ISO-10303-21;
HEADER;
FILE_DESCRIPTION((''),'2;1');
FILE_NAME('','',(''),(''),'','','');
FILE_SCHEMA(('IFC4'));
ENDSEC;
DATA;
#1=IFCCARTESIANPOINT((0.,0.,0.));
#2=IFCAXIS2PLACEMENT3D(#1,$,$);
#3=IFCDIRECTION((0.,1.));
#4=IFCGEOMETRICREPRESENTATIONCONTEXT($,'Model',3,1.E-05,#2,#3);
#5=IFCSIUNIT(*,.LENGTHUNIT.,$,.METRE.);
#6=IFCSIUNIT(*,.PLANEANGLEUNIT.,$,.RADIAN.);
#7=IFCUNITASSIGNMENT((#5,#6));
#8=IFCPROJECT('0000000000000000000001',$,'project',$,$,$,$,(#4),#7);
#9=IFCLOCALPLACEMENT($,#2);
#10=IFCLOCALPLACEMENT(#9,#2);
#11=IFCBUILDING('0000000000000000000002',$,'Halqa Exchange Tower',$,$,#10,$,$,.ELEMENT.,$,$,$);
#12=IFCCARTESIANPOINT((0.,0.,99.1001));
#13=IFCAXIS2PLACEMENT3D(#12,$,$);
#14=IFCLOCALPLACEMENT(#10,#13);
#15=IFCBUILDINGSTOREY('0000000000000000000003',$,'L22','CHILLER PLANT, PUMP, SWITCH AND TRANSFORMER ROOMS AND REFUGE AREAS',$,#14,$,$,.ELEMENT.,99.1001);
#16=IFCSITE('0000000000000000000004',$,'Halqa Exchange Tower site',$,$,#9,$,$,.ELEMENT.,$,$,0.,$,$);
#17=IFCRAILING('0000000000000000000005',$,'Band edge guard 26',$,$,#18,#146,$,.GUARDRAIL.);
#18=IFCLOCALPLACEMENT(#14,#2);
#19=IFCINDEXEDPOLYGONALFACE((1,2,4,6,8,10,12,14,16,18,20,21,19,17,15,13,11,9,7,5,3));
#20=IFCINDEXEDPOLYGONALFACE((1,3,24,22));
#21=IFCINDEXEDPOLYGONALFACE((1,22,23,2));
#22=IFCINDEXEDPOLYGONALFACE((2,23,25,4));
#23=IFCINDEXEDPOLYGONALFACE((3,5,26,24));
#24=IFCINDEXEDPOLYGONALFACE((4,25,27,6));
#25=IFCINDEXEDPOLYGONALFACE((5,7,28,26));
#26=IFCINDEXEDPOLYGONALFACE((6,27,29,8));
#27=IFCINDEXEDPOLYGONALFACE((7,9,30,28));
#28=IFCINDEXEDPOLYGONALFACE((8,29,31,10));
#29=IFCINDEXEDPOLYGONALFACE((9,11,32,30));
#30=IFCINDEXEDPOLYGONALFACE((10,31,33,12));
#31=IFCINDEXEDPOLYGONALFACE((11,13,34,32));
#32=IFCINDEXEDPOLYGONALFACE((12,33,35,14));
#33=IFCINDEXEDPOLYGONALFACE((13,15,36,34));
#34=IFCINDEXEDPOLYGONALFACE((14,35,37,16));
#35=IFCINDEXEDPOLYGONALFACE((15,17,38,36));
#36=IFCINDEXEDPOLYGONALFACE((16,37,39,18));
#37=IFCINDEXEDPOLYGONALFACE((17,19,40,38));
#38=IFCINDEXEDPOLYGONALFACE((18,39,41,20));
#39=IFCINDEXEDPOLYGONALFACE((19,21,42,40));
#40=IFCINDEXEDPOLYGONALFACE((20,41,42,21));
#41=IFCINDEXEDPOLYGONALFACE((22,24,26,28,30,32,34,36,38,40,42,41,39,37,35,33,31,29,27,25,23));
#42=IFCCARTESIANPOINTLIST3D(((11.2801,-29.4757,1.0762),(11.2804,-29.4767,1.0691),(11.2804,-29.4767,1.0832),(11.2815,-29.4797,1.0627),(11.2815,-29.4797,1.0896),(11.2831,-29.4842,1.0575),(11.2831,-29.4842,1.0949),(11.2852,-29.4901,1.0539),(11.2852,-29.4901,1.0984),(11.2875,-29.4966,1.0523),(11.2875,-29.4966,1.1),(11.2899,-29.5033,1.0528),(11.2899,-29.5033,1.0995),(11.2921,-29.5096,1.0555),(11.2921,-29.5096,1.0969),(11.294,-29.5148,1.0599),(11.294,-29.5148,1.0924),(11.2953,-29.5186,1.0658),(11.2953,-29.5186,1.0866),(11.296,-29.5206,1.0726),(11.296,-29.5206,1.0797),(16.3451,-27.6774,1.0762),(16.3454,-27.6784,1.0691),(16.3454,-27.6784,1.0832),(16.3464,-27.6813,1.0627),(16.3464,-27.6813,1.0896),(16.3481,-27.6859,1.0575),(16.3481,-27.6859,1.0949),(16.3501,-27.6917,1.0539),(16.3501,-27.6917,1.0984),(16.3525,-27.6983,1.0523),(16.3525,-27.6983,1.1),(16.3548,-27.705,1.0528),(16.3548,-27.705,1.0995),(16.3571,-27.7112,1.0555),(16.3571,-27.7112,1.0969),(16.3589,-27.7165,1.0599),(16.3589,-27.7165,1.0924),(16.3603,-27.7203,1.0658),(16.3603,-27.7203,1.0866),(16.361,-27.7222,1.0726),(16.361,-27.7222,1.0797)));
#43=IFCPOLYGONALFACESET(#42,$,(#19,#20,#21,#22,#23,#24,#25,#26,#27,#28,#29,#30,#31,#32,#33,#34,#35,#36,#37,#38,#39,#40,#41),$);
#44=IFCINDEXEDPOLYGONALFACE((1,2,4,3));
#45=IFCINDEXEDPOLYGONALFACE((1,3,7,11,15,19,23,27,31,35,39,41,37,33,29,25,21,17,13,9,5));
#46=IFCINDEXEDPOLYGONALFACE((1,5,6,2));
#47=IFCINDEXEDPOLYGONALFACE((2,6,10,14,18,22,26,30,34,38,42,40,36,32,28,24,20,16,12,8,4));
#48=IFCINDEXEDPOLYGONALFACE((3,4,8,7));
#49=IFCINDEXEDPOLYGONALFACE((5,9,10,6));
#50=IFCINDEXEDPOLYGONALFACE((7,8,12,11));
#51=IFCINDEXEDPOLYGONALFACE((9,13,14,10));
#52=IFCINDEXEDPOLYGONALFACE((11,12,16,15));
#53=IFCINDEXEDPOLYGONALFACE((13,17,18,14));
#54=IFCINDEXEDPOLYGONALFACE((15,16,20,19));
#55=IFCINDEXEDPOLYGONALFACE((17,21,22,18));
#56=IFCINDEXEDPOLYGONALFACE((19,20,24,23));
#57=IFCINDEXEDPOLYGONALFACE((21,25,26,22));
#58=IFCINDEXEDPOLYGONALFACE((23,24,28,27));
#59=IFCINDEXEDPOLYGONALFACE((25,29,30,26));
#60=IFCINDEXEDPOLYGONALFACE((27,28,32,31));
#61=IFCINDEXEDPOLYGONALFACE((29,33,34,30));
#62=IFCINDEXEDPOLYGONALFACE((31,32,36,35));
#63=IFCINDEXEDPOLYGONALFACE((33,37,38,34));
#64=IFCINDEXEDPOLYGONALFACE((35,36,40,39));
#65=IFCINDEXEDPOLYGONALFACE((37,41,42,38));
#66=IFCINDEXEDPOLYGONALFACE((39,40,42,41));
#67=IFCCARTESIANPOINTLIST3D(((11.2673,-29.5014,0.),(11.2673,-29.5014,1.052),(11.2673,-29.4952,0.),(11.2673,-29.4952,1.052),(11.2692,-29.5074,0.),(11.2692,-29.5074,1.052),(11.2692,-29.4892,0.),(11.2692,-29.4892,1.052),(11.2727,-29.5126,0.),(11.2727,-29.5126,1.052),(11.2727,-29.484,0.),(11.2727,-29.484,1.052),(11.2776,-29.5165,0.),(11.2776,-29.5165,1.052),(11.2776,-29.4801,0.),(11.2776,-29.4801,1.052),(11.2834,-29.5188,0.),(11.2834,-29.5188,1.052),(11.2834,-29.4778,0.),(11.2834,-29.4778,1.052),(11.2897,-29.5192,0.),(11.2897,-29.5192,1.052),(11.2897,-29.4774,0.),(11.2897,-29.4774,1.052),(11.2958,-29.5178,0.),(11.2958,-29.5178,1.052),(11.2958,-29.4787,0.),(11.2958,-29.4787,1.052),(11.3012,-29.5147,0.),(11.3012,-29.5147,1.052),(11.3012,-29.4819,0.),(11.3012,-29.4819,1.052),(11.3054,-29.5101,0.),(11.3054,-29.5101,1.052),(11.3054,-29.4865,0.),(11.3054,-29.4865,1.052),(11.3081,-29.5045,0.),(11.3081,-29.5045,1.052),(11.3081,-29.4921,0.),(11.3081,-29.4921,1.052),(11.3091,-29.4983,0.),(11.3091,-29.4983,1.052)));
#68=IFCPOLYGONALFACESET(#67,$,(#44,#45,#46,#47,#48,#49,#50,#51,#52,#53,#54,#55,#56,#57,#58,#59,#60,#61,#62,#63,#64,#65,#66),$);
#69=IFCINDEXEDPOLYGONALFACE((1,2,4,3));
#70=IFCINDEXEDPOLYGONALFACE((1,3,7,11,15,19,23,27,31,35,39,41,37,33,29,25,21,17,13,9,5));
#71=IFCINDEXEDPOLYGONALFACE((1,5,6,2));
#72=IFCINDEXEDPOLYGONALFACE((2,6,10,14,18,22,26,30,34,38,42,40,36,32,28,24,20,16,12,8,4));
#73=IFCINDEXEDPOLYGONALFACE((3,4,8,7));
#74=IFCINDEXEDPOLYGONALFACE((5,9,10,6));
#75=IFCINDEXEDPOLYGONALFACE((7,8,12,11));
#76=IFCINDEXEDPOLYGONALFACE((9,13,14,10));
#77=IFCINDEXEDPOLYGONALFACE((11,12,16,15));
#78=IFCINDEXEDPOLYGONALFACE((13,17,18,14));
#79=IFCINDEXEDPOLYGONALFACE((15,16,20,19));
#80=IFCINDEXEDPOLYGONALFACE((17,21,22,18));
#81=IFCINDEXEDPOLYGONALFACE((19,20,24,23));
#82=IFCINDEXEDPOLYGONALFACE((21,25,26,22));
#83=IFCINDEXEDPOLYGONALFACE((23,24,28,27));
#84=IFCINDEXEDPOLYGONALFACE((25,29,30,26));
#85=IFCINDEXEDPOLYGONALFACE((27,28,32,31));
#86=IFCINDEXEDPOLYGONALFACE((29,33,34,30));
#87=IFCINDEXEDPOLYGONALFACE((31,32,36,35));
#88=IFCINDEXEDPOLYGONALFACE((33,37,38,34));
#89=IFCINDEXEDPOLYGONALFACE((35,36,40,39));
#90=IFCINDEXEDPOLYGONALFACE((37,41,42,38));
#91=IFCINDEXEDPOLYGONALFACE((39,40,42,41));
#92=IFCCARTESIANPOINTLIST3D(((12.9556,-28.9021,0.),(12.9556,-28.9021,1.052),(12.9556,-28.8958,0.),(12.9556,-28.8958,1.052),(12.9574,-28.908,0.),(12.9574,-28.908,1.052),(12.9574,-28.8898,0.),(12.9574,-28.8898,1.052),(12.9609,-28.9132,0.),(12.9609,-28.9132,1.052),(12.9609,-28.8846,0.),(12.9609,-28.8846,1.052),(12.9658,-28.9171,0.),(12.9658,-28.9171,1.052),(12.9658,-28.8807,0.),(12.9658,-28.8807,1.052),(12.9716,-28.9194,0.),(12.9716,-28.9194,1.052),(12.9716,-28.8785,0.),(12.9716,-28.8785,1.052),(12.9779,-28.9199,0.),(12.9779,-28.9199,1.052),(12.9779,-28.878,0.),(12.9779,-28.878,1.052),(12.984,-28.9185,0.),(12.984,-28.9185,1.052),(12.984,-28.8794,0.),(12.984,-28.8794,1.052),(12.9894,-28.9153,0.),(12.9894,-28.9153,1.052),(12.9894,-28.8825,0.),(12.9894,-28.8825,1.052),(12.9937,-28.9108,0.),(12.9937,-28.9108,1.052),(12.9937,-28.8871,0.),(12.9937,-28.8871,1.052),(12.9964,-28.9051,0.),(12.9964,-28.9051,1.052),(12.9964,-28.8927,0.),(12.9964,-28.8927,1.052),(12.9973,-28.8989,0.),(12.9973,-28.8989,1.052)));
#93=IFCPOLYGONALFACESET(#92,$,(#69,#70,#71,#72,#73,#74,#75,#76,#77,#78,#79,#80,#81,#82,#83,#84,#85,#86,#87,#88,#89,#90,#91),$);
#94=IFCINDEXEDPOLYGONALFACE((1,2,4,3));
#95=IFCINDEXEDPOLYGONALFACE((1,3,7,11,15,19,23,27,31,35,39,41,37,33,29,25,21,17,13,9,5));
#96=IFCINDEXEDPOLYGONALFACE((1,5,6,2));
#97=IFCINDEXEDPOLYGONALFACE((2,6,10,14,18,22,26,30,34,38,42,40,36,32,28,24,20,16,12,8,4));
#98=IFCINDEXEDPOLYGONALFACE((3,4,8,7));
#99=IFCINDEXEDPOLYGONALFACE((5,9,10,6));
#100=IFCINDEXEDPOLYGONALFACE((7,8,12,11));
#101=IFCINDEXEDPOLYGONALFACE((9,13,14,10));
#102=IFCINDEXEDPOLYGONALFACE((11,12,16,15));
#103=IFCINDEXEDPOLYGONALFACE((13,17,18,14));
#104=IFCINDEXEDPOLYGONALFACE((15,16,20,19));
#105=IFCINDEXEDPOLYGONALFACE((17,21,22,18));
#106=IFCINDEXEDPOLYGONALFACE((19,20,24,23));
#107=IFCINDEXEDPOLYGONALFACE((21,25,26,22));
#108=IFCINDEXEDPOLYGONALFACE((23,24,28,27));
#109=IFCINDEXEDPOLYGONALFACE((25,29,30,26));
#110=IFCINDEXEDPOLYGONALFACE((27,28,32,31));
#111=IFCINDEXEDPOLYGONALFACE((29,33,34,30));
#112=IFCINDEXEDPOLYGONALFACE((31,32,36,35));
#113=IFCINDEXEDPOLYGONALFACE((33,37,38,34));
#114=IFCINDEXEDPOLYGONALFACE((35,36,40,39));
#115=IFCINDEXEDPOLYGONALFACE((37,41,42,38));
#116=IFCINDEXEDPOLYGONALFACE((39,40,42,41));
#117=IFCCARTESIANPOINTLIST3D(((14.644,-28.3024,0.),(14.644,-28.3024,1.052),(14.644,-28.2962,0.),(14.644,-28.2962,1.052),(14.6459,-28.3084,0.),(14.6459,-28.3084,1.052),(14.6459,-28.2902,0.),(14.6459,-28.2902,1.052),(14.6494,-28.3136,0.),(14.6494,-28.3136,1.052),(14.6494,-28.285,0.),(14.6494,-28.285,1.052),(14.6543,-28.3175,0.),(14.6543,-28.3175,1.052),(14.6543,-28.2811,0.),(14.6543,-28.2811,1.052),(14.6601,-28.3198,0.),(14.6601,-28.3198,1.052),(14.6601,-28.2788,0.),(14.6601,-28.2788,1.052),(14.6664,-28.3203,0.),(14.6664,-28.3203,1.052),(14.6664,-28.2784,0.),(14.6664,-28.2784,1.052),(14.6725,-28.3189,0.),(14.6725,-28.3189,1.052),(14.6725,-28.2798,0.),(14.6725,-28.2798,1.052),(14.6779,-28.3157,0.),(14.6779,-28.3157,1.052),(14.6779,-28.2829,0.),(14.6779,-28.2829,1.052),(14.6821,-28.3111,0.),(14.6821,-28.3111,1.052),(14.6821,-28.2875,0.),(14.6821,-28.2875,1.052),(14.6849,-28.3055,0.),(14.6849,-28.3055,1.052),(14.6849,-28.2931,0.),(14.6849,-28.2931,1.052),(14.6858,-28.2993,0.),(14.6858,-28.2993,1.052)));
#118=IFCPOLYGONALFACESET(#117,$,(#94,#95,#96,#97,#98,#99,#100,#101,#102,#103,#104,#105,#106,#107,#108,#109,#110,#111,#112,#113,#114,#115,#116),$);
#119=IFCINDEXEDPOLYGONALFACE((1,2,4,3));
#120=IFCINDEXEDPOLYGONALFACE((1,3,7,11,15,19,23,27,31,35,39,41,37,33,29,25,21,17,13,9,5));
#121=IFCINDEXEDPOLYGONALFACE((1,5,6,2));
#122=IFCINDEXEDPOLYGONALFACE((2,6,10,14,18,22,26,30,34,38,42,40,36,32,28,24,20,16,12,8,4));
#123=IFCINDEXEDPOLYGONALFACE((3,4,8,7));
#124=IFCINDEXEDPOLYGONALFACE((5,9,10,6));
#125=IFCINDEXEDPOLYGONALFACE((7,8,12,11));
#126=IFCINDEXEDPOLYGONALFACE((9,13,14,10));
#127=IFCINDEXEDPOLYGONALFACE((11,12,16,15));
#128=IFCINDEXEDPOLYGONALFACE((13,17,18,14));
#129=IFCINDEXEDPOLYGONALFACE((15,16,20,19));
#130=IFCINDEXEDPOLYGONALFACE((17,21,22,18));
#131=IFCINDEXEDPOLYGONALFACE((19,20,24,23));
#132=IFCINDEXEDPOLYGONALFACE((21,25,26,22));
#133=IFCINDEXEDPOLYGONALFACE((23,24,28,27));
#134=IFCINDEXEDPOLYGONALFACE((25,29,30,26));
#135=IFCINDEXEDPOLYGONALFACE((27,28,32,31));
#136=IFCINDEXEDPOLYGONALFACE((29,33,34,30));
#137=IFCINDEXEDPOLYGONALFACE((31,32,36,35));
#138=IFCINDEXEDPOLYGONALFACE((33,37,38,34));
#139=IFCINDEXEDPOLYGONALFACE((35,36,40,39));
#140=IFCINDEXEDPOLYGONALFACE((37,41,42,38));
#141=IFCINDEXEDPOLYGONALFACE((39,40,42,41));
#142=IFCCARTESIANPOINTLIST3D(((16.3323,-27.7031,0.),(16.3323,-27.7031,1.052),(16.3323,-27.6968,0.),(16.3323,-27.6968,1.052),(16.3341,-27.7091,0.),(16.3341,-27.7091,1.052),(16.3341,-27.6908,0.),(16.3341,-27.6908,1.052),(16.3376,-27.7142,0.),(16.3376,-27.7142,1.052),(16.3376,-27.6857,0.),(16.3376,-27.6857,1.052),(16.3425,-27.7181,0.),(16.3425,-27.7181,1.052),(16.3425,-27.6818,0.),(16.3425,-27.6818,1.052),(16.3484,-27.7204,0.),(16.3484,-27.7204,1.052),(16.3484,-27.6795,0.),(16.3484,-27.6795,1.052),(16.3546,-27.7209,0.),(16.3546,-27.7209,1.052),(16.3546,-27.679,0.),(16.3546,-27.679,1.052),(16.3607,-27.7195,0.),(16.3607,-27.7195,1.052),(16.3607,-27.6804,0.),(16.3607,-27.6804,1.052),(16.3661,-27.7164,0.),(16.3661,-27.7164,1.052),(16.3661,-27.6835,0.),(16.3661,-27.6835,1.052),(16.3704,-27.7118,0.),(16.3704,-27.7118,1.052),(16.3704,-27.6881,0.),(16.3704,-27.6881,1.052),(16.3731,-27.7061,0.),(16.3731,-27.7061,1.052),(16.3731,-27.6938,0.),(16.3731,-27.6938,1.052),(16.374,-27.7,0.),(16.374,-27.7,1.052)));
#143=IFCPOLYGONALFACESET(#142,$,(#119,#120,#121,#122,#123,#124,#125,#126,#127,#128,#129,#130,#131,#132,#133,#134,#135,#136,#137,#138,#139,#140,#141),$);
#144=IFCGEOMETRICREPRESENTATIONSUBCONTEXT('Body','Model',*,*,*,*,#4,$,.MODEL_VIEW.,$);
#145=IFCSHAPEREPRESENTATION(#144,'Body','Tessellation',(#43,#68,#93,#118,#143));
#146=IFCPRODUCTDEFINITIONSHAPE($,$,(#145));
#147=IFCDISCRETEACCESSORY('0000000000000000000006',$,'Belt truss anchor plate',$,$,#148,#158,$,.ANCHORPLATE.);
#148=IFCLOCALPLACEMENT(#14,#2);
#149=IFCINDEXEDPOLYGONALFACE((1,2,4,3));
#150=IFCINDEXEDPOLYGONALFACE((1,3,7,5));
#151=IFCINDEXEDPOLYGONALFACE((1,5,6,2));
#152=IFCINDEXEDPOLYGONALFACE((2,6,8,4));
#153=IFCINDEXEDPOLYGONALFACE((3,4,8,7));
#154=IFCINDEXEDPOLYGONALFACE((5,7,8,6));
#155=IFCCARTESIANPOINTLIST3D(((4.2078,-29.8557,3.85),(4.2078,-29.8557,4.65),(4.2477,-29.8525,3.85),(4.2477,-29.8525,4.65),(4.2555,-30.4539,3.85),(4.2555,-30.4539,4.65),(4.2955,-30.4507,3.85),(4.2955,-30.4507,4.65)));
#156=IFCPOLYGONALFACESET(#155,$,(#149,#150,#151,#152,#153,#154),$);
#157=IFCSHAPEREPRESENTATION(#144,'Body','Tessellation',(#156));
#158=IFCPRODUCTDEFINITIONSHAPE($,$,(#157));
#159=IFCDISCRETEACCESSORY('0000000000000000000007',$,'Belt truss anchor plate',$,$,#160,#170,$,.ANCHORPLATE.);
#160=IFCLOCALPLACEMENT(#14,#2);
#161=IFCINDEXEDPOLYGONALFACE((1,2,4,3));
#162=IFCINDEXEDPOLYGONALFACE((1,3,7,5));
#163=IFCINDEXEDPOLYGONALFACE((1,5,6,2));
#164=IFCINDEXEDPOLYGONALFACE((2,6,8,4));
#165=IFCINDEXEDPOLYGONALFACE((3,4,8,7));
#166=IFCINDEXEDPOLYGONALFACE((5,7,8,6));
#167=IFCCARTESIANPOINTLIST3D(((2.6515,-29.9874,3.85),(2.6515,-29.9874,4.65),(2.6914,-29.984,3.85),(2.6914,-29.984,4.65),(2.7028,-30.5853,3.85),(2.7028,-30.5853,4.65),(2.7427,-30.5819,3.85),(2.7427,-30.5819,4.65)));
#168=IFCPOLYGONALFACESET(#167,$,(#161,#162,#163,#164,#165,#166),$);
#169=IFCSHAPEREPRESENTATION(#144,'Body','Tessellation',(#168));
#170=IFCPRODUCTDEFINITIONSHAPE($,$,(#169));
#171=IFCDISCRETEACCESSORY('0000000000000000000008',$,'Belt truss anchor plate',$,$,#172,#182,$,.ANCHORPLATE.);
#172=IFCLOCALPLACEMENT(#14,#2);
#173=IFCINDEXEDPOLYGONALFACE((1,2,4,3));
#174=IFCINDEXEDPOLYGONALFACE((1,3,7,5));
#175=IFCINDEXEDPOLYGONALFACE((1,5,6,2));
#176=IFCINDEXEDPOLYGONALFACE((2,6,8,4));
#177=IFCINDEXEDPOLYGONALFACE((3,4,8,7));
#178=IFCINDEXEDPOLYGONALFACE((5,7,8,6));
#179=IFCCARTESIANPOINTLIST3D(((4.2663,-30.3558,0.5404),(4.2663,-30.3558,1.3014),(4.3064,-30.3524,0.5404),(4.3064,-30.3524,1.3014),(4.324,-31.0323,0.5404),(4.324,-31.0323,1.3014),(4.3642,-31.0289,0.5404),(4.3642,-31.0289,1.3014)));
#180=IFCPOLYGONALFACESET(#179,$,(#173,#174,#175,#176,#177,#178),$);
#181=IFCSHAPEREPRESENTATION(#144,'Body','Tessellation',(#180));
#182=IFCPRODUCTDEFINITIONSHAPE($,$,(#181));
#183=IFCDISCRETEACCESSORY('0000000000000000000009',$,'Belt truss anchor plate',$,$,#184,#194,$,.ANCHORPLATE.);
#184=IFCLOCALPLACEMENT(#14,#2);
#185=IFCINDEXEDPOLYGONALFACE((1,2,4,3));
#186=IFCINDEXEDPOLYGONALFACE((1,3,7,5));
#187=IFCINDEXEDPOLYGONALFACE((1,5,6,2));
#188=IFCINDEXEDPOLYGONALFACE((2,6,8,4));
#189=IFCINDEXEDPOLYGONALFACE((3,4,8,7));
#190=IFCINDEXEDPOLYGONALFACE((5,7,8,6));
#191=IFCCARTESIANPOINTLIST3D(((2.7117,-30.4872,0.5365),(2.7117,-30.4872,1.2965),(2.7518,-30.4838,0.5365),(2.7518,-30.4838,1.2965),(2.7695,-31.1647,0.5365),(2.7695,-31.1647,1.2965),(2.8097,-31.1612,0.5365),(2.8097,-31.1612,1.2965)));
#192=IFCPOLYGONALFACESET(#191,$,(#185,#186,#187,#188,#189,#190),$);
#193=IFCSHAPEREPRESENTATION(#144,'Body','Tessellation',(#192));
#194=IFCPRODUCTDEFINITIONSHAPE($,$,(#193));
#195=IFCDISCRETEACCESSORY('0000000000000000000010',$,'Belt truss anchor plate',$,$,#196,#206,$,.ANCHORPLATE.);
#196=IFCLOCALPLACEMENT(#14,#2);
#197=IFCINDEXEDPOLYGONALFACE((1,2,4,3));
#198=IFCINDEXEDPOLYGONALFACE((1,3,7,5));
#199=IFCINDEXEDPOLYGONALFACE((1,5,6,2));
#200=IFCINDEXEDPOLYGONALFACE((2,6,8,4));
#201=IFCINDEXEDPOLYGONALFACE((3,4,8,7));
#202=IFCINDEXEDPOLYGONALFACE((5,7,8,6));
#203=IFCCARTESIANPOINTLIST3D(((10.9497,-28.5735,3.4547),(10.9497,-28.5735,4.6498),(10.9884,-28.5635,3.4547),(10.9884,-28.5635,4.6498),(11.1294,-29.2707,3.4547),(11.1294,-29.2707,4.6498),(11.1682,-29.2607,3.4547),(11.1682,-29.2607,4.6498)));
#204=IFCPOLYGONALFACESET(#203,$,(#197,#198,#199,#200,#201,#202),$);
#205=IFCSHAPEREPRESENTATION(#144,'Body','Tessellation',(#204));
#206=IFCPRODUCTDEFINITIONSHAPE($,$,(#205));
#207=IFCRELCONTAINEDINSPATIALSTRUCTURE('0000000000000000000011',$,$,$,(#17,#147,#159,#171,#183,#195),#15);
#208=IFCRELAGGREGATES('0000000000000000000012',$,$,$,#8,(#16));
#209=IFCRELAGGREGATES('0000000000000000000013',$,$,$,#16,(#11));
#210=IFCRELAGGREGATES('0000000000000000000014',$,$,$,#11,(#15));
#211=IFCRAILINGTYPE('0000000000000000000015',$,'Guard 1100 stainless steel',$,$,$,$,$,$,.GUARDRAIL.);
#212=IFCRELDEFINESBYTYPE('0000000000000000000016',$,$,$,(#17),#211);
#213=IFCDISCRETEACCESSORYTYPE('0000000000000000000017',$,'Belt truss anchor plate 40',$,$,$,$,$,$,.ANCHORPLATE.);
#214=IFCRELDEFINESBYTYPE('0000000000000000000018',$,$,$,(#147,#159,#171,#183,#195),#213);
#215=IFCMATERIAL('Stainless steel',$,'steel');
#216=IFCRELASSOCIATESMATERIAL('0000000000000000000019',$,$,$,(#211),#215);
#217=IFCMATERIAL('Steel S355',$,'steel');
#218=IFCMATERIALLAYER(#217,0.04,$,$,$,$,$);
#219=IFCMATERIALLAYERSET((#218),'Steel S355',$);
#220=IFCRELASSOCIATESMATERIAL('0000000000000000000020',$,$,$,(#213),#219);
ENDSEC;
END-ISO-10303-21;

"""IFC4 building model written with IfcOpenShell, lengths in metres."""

from ifc_helpers import new_model, si_unit, direction, frame, origin, origin_2d, place, context, subcontext, project, spatial, rectangle, circle, extrude, material, layer, layer_set, type_object, element, save


model = new_model("IFC4")

# Units and contexts
model_context = context("Model", 3, precision=1e-05, world=origin(), true_north=direction((0.0, 1.0)))
body_context = subcontext(model_context, "Body", "Model", "MODEL_VIEW")
ifc_project = project(units=[si_unit("LENGTHUNIT", "METRE"), si_unit("PLANEANGLEUNIT", "RADIAN")], contexts=[model_context])

# Site, building, storey
site_placement = place(None, origin())
site = spatial("IfcSite", under=ifc_project, at=site_placement, Name="Halqa Exchange Tower site", CompositionType="ELEMENT", RefElevation=0.0)
building_placement = place(site_placement, origin())
building = spatial("IfcBuilding", under=site, at=building_placement, Name="Halqa Exchange Tower", CompositionType="ELEMENT")
storey_placement = place(building_placement, frame((0.0, 0.0, 99.1001)))
storey = spatial("IfcBuildingStorey", under=building, at=storey_placement, Name="L22", Description="CHILLER PLANT, PUMP, SWITCH AND TRANSFORMER ROOMS AND REFUGE AREAS", CompositionType="ELEMENT", Elevation=99.1001)

# Shared definitions
ifc_material_1 = material(Name="Steel S355", Category="steel")

# Railing
ifc_material_2 = material(Name="Stainless steel", Category="steel")
railing_type = type_object("IfcRailingType", Name="Guard 1100 stainless steel", PredefinedType="GUARDRAIL", material=ifc_material_2)
railing_1_placement = place(storey_placement, frame((11.2881, -29.4983, 0.0)))
element("IfcRailing", 1, at=railing_1_placement, inside=storey, type_object=railing_type, Name="Band edge guard 26", PredefinedType="GUARDRAIL", context=body_context, shape_type="SweptSolid", body=[
    extrude(circle(Radius=0.0239, at=origin_2d()), frame((0.0, 0.0, 1.0762), z_axis=(0.942363, 0.334592, 0.0), x_axis=(-0.334592, 0.942363, 0.0)), (0.0, 0.0, 1.0), 5.3748),
    extrude(circle(Radius=0.021, at=origin_2d()), origin(), (0.0, 0.0, 1.0), 1.052),
    extrude(circle(Radius=0.021, at=origin_2d()), frame((1.6882, 0.5994, 0.0)), (0.0, 0.0, 1.0), 1.052),
    extrude(circle(Radius=0.021, at=origin_2d()), frame((3.3767, 1.199, 0.0)), (0.0, 0.0, 1.0), 1.052),
    extrude(circle(Radius=0.021, at=origin_2d()), frame((5.0649, 1.7983, 0.0)), (0.0, 0.0, 1.0), 1.052),
])

# Discrete accessories
ifc_layer = layer(ifc_material_1, 0.04)
ifc_layer_set = layer_set([ifc_layer], Name="Steel S355")
discrete_accessory_type = type_object("IfcDiscreteAccessoryType", Name="Belt truss anchor plate 40", PredefinedType="ANCHORPLATE", material=ifc_layer_set)
for number, where, z_axis, x_axis, name in (
    (2, (4.2317, -30.1548, 4.25), (0.996835, 0.079502, 0.0), (-0.079502, 0.996835, 0.0), "Belt truss anchor plate"),
    (3, (2.717, -30.283, 4.25), (-0.996332, -0.085575, 0.0), (0.085575, -0.996332, 0.0), "Belt truss anchor plate"),
):
    element("IfcDiscreteAccessory", number, at=place(storey_placement, frame(where, z_axis=z_axis, x_axis=x_axis)), inside=storey, type_object=discrete_accessory_type, Name=name, PredefinedType="ANCHORPLATE", context=body_context, shape_type="SweptSolid", body=[
        extrude(rectangle(XDim=0.6001, YDim=0.8, at=origin_2d()), origin(), (0.0, 0.0, 1.0), 0.04),
    ])
discrete_accessory_1_placement = place(storey_placement, frame((4.2952, -30.6941, 0.9209), z_axis=(0.996376, 0.085056, 0.0), x_axis=(-0.085056, 0.996376, 0.0)))
element("IfcDiscreteAccessory", 4, at=discrete_accessory_1_placement, inside=storey, type_object=discrete_accessory_type, Name="Belt truss anchor plate", PredefinedType="ANCHORPLATE", context=body_context, shape_type="SweptSolid", body=[
    extrude(rectangle(XDim=0.679, YDim=0.761, at=origin_2d()), origin(), (0.0, 0.0, 1.0), 0.0403),
])
discrete_accessory_2_placement = place(storey_placement, frame((2.7808, -30.8225, 0.9165), z_axis=(-0.996376, -0.085056, 0.0), x_axis=(0.085056, -0.996376, 0.0)))
element("IfcDiscreteAccessory", 5, at=discrete_accessory_2_placement, inside=storey, type_object=discrete_accessory_type, Name="Belt truss anchor plate", PredefinedType="ANCHORPLATE", context=body_context, shape_type="SweptSolid", body=[
    extrude(rectangle(XDim=0.6799, YDim=0.76, at=origin_2d()), origin(), (0.0, 0.0, 1.0), 0.0403),
])
discrete_accessory_3_placement = place(storey_placement, frame((11.0396, -28.9221, 4.0522), z_axis=(0.968325, 0.249694, 0.0), x_axis=(-0.249694, 0.968325, 0.0)))
element("IfcDiscreteAccessory", 6, at=discrete_accessory_3_placement, inside=storey, type_object=discrete_accessory_type, Name="Belt truss anchor plate", PredefinedType="ANCHORPLATE", context=body_context, shape_type="SweptSolid", body=[
    extrude(rectangle(XDim=0.72, YDim=1.1951, at=origin_2d()), origin(), (0.0, 0.0, 1.0), 0.04),
])

save(model, "model.ifc")
